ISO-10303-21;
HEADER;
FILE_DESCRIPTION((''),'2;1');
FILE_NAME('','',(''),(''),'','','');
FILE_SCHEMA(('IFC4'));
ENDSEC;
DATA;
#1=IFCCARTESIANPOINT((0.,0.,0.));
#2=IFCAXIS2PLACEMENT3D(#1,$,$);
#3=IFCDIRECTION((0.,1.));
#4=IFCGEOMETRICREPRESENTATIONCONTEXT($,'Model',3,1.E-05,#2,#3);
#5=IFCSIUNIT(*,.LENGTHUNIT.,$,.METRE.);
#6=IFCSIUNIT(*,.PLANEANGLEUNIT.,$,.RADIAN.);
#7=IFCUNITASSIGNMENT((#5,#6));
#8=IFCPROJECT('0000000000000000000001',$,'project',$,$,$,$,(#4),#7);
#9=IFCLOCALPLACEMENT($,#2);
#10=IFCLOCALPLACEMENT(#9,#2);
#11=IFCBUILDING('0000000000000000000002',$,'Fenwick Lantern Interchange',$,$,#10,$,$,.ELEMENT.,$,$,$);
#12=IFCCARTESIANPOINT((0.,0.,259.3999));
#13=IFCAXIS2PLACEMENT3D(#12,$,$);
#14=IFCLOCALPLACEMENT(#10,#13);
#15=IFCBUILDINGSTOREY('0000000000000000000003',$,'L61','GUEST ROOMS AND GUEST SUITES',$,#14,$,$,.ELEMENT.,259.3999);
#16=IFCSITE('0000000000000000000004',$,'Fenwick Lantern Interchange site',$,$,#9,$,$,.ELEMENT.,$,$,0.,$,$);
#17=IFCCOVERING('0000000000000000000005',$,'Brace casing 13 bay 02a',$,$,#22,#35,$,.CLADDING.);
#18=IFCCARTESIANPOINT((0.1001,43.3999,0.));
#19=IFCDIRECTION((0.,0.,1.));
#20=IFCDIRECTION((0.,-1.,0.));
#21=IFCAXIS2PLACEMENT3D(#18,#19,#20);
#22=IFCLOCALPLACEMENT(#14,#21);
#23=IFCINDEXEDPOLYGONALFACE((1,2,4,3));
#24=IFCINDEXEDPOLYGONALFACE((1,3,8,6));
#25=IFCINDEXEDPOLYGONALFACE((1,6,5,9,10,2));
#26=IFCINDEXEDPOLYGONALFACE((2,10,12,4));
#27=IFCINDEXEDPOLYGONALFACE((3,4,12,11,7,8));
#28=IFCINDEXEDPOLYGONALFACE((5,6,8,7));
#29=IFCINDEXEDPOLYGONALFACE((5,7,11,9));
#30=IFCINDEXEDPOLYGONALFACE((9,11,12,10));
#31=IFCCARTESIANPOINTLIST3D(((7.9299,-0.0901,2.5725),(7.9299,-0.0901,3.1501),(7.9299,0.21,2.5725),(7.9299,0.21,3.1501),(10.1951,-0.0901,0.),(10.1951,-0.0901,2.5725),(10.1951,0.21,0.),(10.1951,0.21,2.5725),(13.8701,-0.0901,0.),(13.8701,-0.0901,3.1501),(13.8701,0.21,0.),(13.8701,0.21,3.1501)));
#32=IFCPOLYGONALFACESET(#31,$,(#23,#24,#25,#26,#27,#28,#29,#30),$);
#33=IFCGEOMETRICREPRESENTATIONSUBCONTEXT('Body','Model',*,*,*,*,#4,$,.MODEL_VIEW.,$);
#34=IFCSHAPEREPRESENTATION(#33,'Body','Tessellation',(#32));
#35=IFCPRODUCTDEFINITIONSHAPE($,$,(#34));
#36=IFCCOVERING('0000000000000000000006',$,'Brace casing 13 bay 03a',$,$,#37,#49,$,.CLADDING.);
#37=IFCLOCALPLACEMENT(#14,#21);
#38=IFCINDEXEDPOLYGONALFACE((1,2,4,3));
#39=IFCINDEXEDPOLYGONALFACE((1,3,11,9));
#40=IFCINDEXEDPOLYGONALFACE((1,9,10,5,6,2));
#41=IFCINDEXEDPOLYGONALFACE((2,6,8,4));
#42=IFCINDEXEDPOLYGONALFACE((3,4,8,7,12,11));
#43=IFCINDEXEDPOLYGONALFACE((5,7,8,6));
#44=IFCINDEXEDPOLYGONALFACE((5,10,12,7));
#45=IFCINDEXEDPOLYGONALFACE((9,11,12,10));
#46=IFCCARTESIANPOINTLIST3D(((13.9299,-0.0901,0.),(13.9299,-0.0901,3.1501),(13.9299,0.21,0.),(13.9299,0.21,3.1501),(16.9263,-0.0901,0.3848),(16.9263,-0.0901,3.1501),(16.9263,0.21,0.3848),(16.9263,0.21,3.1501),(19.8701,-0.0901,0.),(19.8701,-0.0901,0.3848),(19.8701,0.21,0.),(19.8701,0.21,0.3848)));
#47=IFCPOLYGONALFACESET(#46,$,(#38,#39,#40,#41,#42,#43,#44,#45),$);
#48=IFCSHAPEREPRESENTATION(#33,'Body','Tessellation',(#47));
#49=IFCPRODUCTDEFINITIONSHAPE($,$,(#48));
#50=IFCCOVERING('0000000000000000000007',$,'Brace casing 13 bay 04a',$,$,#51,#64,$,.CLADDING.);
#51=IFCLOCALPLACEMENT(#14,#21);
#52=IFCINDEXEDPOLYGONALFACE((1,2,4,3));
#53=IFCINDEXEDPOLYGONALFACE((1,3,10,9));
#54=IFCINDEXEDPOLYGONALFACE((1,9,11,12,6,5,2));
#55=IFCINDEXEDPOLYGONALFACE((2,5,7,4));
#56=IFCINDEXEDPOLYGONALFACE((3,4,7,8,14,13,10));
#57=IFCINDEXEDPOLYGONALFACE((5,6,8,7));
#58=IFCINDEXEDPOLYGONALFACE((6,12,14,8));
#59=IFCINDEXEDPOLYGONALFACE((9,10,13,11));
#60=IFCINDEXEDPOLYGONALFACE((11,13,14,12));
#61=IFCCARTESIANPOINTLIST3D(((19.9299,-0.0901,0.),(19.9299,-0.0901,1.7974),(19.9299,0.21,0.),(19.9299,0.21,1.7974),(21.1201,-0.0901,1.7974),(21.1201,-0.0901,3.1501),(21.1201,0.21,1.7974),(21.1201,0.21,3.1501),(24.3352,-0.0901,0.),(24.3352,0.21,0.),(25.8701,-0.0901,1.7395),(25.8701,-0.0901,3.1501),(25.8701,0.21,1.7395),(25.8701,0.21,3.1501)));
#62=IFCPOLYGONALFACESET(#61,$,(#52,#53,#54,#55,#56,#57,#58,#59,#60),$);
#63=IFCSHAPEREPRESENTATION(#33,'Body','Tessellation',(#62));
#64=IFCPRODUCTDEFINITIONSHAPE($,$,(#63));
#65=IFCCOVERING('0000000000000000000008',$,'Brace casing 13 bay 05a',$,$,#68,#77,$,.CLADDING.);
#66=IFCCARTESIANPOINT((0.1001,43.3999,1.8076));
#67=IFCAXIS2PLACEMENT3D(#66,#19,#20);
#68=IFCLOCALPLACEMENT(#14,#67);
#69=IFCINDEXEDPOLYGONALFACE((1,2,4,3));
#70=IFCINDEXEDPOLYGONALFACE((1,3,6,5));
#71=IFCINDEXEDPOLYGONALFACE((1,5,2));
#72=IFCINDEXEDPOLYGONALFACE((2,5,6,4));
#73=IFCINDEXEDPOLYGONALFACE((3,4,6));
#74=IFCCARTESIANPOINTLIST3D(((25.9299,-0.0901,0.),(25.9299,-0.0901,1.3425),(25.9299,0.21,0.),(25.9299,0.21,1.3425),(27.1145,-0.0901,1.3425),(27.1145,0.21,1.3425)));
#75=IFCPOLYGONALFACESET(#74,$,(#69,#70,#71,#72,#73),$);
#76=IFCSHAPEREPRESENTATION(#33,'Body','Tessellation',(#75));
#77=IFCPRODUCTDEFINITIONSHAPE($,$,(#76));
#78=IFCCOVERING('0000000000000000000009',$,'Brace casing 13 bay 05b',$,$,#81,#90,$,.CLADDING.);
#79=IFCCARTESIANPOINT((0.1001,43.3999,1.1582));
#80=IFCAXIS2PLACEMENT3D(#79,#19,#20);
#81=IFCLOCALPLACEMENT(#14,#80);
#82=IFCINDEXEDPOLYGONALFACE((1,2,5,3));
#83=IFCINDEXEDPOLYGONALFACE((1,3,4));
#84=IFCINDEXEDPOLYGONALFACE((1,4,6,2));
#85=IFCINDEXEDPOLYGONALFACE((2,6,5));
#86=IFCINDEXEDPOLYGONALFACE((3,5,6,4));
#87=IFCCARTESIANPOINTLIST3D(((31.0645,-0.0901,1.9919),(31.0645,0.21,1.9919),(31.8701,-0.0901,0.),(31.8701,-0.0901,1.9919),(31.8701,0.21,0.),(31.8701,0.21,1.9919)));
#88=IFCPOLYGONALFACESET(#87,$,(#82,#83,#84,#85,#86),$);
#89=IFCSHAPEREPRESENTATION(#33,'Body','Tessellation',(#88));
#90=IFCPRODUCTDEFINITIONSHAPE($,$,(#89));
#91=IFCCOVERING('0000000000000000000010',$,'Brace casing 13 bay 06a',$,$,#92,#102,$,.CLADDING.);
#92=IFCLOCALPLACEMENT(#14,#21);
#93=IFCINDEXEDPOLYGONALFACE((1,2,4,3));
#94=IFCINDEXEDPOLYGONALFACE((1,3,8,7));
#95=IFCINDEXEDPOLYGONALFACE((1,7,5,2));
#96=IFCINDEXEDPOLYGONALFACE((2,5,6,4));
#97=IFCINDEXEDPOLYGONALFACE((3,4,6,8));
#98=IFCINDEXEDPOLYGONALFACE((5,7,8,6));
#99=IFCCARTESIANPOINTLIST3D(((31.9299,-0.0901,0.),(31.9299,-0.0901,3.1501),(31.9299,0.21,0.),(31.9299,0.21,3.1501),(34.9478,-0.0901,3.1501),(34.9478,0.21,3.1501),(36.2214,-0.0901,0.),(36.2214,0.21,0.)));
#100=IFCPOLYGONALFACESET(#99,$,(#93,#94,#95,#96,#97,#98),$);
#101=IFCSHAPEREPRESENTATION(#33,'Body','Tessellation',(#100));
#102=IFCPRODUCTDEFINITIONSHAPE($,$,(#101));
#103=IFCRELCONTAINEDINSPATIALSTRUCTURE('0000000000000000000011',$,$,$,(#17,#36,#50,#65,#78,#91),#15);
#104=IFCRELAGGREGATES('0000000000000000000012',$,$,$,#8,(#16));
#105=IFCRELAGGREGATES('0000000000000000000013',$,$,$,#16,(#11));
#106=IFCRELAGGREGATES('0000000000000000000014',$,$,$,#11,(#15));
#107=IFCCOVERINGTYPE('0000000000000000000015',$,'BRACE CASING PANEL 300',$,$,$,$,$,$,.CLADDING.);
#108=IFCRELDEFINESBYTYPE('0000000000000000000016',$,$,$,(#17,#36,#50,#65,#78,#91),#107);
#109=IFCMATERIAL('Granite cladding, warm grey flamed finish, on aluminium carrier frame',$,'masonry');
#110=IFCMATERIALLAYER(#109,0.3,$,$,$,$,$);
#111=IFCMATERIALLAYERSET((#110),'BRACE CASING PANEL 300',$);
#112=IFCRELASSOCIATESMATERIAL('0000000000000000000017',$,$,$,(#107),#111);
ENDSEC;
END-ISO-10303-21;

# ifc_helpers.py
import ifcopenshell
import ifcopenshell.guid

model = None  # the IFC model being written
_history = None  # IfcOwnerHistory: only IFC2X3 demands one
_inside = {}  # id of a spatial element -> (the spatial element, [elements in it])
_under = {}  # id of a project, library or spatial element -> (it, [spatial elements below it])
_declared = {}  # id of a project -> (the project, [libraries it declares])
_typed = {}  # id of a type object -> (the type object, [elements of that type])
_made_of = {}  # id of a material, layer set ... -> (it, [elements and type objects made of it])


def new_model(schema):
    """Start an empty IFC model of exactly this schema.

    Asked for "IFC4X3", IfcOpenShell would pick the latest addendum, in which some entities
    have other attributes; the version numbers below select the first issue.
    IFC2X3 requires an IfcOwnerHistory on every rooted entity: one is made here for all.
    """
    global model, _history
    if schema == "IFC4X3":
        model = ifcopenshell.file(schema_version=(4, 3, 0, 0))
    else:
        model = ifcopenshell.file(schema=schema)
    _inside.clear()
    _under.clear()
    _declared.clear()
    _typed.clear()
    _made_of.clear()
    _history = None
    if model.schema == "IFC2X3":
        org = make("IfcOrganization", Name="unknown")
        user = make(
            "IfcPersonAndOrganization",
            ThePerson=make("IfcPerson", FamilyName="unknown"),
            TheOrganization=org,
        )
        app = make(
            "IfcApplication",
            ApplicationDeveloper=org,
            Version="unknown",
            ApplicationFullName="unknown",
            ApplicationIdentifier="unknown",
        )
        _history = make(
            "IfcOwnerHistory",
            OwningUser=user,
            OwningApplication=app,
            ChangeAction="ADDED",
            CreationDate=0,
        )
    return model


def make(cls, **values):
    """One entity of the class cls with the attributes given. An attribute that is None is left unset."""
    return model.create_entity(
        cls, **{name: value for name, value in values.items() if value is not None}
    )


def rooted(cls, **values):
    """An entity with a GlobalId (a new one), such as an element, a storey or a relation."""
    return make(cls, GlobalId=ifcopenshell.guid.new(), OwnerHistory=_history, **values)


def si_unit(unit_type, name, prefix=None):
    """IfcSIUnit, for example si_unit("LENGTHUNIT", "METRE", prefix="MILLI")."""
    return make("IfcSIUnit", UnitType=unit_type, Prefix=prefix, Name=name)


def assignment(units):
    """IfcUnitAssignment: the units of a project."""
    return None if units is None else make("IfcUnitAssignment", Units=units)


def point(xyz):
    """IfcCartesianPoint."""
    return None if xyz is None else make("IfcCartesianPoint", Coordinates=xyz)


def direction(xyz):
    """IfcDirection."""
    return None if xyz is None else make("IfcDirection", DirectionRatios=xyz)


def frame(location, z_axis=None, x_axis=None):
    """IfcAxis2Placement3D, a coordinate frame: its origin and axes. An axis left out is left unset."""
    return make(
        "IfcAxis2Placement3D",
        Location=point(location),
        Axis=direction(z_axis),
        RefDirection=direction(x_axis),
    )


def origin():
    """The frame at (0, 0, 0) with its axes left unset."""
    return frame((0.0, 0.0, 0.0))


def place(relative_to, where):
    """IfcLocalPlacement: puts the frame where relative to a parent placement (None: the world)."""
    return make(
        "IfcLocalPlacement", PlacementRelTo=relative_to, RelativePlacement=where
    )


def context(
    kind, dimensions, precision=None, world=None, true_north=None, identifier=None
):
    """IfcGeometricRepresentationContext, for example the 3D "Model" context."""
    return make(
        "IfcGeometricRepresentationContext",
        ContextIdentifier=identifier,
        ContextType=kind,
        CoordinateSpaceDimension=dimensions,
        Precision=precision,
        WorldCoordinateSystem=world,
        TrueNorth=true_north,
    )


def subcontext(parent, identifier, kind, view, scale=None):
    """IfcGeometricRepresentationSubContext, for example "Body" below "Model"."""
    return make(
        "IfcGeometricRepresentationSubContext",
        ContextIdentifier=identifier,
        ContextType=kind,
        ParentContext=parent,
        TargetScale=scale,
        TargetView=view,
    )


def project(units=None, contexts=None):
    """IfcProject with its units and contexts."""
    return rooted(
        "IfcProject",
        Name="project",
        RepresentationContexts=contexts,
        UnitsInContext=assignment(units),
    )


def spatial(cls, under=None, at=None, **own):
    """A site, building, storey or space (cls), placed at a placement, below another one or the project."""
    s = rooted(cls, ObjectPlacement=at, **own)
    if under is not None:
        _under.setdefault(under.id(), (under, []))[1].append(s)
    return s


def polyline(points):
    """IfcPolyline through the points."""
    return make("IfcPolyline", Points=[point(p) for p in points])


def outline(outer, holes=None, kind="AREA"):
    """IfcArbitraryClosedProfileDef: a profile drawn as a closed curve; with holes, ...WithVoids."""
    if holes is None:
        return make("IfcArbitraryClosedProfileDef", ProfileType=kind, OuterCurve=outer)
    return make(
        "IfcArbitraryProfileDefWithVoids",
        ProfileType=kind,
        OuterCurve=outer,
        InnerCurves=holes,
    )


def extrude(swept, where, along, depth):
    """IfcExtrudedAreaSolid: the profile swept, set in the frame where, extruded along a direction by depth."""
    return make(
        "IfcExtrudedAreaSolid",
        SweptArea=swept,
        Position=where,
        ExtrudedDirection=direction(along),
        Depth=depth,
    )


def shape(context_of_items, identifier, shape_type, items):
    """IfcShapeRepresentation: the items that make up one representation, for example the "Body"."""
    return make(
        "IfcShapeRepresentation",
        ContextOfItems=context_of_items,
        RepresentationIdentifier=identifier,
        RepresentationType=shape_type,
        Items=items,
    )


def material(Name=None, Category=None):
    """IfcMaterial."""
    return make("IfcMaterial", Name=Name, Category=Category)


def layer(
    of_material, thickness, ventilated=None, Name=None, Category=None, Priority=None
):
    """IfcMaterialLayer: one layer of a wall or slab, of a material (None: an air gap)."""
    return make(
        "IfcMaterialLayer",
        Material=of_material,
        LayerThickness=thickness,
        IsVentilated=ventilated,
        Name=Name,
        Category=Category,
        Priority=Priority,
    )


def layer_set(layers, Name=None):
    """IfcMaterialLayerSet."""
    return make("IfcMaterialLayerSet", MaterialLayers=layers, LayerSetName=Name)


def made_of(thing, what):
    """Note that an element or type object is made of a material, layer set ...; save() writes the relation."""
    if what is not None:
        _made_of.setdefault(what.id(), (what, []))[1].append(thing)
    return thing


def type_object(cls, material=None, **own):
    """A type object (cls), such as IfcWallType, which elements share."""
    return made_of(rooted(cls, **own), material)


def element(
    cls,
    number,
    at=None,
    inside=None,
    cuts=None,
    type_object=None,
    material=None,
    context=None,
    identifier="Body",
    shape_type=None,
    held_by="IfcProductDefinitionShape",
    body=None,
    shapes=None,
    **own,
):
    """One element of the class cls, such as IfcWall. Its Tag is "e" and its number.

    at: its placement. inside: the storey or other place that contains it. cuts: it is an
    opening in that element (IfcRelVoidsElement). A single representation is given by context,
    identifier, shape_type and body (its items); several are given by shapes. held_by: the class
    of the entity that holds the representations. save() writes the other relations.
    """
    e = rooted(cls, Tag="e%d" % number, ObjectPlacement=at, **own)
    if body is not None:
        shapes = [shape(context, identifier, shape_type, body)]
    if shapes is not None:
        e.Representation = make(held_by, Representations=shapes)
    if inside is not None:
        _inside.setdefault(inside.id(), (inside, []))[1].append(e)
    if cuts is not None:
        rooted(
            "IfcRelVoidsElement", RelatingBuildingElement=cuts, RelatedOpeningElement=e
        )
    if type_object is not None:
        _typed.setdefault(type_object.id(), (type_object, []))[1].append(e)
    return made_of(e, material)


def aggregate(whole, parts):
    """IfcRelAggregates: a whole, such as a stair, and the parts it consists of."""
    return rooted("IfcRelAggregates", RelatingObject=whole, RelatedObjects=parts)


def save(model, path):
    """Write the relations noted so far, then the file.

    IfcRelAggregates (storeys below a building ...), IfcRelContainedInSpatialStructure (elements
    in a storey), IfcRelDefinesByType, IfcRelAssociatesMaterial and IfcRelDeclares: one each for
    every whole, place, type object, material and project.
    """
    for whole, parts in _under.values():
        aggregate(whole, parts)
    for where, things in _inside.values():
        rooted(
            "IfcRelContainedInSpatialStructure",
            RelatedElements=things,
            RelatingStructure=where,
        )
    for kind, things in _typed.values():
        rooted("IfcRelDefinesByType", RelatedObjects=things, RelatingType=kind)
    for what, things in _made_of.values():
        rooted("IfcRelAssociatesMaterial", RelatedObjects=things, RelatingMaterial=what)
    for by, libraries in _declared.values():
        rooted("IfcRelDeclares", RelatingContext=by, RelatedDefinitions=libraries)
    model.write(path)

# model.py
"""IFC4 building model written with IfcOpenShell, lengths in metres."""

from ifc_helpers import new_model, si_unit, direction, frame, origin, place, context, subcontext, project, spatial, polyline, outline, extrude, material, layer, layer_set, type_object, element, save


model = new_model("IFC4")

# Units and contexts
model_context = context("Model", 3, precision=1e-05, world=origin(), true_north=direction((0.0, 1.0)))
body_context = subcontext(model_context, "Body", "Model", "MODEL_VIEW")
ifc_project = project(units=[si_unit("LENGTHUNIT", "METRE"), si_unit("PLANEANGLEUNIT", "RADIAN")], contexts=[model_context])

# Site, building, storey
site_placement = place(None, origin())
site = spatial("IfcSite", under=ifc_project, at=site_placement, Name="Fenwick Lantern Interchange site", CompositionType="ELEMENT", RefElevation=0.0)
building_placement = place(site_placement, origin())
building = spatial("IfcBuilding", under=site, at=building_placement, Name="Fenwick Lantern Interchange", CompositionType="ELEMENT")
storey_placement = place(building_placement, frame((0.0, 0.0, 259.3999)))
storey = spatial("IfcBuildingStorey", under=building, at=storey_placement, Name="L61", Description="GUEST ROOMS AND GUEST SUITES", CompositionType="ELEMENT", Elevation=259.3999)

# Coverings
ifc_material_1 = material(Name="Granite cladding, warm grey flamed finish, on aluminium carrier frame", Category="masonry")
ifc_layer_1 = layer(ifc_material_1, 0.3)
ifc_layer_set_1 = layer_set([ifc_layer_1], Name="BRACE CASING PANEL 300")
covering_type = type_object("IfcCoveringType", Name="BRACE CASING PANEL 300", PredefinedType="CLADDING", material=ifc_layer_set_1)
covering_1_placement = place(storey_placement, frame((0.1001, 43.3999, 0.0), z_axis=(0.0, 0.0, 1.0), x_axis=(0.0, -1.0, 0.0)))
element("IfcCovering", 1, at=covering_1_placement, inside=storey, type_object=covering_type, Name="Brace casing 13 bay 02a", PredefinedType="CLADDING", context=body_context, shape_type="SweptSolid", body=[
    extrude(outline(polyline([(10.1951, 0.0), (13.8701, 0.0), (13.8701, 3.1501), (7.9299, 3.1501), (7.9299, 2.5725), (10.1951, 2.5725), (10.1951, 0.0)])), frame((0.0, 0.21, 0.0), z_axis=(0.0, -1.0, 0.0), x_axis=(1.0, 0.0, 0.0)), (0.0, 0.0, 1.0), 0.3),
])
covering_2_placement = place(storey_placement, frame((0.1001, 43.3999, 0.0), z_axis=(0.0, 0.0, 1.0), x_axis=(0.0, -1.0, 0.0)))
element("IfcCovering", 2, at=covering_2_placement, inside=storey, type_object=covering_type, Name="Brace casing 13 bay 03a", PredefinedType="CLADDING", context=body_context, shape_type="SweptSolid", body=[
    extrude(outline(polyline([(13.9299, 0.0), (19.8701, 0.0), (19.8701, 0.3848), (16.9263, 0.3848), (16.9263, 3.1501), (13.9299, 3.1501), (13.9299, 0.0)])), frame((0.0, 0.21, 0.0), z_axis=(0.0, -1.0, 0.0), x_axis=(1.0, 0.0, 0.0)), (0.0, 0.0, 1.0), 0.3),
])
covering_3_placement = place(storey_placement, frame((0.1001, 43.3999, 0.0), z_axis=(0.0, 0.0, 1.0), x_axis=(0.0, -1.0, 0.0)))
element("IfcCovering", 3, at=covering_3_placement, inside=storey, type_object=covering_type, Name="Brace casing 13 bay 04a", PredefinedType="CLADDING", context=body_context, shape_type="SweptSolid", body=[
    extrude(outline(polyline([(19.9299, 0.0), (24.3352, 0.0), (25.8701, 1.7395), (25.8701, 3.1501), (21.1201, 3.1501), (21.1201, 1.7974), (19.9299, 1.7974), (19.9299, 0.0)])), frame((0.0, 0.21, 0.0), z_axis=(0.0, -1.0, 0.0), x_axis=(1.0, 0.0, 0.0)), (0.0, 0.0, 1.0), 0.3),
])
covering_4_placement = place(storey_placement, frame((0.1001, 43.3999, 1.8076), z_axis=(0.0, 0.0, 1.0), x_axis=(0.0, -1.0, 0.0)))
element("IfcCovering", 4, at=covering_4_placement, inside=storey, type_object=covering_type, Name="Brace casing 13 bay 05a", PredefinedType="CLADDING", context=body_context, shape_type="SweptSolid", body=[
    extrude(outline(polyline([(25.9299, 0.0), (27.1145, 1.3425), (25.9299, 1.3425), (25.9299, 0.0)])), frame((0.0, 0.21, 0.0), z_axis=(0.0, -1.0, 0.0), x_axis=(1.0, 0.0, 0.0)), (0.0, 0.0, 1.0), 0.3),
])
covering_5_placement = place(storey_placement, frame((0.1001, 43.3999, 1.1582), z_axis=(0.0, 0.0, 1.0), x_axis=(0.0, -1.0, 0.0)))
element("IfcCovering", 5, at=covering_5_placement, inside=storey, type_object=covering_type, Name="Brace casing 13 bay 05b", PredefinedType="CLADDING", context=body_context, shape_type="SweptSolid", body=[
    extrude(outline(polyline([(31.8701, 0.0), (31.8701, 1.9919), (31.0645, 1.9919), (31.8701, 0.0)])), frame((0.0, 0.21, 0.0), z_axis=(0.0, -1.0, 0.0), x_axis=(1.0, 0.0, 0.0)), (0.0, 0.0, 1.0), 0.3),
])
covering_6_placement = place(storey_placement, frame((0.1001, 43.3999, 0.0), z_axis=(0.0, 0.0, 1.0), x_axis=(0.0, -1.0, 0.0)))
element("IfcCovering", 6, at=covering_6_placement, inside=storey, type_object=covering_type, Name="Brace casing 13 bay 06a", PredefinedType="CLADDING", context=body_context, shape_type="SweptSolid", body=[
    extrude(outline(polyline([(31.9299, 0.0), (36.2214, 0.0), (34.9478, 3.1501), (31.9299, 3.1501), (31.9299, 0.0)])), frame((0.0, 0.21, 0.0), z_axis=(0.0, -1.0, 0.0), x_axis=(1.0, 0.0, 0.0)), (0.0, 0.0, 1.0), 0.3),
])

save(model, "model.ifc")
